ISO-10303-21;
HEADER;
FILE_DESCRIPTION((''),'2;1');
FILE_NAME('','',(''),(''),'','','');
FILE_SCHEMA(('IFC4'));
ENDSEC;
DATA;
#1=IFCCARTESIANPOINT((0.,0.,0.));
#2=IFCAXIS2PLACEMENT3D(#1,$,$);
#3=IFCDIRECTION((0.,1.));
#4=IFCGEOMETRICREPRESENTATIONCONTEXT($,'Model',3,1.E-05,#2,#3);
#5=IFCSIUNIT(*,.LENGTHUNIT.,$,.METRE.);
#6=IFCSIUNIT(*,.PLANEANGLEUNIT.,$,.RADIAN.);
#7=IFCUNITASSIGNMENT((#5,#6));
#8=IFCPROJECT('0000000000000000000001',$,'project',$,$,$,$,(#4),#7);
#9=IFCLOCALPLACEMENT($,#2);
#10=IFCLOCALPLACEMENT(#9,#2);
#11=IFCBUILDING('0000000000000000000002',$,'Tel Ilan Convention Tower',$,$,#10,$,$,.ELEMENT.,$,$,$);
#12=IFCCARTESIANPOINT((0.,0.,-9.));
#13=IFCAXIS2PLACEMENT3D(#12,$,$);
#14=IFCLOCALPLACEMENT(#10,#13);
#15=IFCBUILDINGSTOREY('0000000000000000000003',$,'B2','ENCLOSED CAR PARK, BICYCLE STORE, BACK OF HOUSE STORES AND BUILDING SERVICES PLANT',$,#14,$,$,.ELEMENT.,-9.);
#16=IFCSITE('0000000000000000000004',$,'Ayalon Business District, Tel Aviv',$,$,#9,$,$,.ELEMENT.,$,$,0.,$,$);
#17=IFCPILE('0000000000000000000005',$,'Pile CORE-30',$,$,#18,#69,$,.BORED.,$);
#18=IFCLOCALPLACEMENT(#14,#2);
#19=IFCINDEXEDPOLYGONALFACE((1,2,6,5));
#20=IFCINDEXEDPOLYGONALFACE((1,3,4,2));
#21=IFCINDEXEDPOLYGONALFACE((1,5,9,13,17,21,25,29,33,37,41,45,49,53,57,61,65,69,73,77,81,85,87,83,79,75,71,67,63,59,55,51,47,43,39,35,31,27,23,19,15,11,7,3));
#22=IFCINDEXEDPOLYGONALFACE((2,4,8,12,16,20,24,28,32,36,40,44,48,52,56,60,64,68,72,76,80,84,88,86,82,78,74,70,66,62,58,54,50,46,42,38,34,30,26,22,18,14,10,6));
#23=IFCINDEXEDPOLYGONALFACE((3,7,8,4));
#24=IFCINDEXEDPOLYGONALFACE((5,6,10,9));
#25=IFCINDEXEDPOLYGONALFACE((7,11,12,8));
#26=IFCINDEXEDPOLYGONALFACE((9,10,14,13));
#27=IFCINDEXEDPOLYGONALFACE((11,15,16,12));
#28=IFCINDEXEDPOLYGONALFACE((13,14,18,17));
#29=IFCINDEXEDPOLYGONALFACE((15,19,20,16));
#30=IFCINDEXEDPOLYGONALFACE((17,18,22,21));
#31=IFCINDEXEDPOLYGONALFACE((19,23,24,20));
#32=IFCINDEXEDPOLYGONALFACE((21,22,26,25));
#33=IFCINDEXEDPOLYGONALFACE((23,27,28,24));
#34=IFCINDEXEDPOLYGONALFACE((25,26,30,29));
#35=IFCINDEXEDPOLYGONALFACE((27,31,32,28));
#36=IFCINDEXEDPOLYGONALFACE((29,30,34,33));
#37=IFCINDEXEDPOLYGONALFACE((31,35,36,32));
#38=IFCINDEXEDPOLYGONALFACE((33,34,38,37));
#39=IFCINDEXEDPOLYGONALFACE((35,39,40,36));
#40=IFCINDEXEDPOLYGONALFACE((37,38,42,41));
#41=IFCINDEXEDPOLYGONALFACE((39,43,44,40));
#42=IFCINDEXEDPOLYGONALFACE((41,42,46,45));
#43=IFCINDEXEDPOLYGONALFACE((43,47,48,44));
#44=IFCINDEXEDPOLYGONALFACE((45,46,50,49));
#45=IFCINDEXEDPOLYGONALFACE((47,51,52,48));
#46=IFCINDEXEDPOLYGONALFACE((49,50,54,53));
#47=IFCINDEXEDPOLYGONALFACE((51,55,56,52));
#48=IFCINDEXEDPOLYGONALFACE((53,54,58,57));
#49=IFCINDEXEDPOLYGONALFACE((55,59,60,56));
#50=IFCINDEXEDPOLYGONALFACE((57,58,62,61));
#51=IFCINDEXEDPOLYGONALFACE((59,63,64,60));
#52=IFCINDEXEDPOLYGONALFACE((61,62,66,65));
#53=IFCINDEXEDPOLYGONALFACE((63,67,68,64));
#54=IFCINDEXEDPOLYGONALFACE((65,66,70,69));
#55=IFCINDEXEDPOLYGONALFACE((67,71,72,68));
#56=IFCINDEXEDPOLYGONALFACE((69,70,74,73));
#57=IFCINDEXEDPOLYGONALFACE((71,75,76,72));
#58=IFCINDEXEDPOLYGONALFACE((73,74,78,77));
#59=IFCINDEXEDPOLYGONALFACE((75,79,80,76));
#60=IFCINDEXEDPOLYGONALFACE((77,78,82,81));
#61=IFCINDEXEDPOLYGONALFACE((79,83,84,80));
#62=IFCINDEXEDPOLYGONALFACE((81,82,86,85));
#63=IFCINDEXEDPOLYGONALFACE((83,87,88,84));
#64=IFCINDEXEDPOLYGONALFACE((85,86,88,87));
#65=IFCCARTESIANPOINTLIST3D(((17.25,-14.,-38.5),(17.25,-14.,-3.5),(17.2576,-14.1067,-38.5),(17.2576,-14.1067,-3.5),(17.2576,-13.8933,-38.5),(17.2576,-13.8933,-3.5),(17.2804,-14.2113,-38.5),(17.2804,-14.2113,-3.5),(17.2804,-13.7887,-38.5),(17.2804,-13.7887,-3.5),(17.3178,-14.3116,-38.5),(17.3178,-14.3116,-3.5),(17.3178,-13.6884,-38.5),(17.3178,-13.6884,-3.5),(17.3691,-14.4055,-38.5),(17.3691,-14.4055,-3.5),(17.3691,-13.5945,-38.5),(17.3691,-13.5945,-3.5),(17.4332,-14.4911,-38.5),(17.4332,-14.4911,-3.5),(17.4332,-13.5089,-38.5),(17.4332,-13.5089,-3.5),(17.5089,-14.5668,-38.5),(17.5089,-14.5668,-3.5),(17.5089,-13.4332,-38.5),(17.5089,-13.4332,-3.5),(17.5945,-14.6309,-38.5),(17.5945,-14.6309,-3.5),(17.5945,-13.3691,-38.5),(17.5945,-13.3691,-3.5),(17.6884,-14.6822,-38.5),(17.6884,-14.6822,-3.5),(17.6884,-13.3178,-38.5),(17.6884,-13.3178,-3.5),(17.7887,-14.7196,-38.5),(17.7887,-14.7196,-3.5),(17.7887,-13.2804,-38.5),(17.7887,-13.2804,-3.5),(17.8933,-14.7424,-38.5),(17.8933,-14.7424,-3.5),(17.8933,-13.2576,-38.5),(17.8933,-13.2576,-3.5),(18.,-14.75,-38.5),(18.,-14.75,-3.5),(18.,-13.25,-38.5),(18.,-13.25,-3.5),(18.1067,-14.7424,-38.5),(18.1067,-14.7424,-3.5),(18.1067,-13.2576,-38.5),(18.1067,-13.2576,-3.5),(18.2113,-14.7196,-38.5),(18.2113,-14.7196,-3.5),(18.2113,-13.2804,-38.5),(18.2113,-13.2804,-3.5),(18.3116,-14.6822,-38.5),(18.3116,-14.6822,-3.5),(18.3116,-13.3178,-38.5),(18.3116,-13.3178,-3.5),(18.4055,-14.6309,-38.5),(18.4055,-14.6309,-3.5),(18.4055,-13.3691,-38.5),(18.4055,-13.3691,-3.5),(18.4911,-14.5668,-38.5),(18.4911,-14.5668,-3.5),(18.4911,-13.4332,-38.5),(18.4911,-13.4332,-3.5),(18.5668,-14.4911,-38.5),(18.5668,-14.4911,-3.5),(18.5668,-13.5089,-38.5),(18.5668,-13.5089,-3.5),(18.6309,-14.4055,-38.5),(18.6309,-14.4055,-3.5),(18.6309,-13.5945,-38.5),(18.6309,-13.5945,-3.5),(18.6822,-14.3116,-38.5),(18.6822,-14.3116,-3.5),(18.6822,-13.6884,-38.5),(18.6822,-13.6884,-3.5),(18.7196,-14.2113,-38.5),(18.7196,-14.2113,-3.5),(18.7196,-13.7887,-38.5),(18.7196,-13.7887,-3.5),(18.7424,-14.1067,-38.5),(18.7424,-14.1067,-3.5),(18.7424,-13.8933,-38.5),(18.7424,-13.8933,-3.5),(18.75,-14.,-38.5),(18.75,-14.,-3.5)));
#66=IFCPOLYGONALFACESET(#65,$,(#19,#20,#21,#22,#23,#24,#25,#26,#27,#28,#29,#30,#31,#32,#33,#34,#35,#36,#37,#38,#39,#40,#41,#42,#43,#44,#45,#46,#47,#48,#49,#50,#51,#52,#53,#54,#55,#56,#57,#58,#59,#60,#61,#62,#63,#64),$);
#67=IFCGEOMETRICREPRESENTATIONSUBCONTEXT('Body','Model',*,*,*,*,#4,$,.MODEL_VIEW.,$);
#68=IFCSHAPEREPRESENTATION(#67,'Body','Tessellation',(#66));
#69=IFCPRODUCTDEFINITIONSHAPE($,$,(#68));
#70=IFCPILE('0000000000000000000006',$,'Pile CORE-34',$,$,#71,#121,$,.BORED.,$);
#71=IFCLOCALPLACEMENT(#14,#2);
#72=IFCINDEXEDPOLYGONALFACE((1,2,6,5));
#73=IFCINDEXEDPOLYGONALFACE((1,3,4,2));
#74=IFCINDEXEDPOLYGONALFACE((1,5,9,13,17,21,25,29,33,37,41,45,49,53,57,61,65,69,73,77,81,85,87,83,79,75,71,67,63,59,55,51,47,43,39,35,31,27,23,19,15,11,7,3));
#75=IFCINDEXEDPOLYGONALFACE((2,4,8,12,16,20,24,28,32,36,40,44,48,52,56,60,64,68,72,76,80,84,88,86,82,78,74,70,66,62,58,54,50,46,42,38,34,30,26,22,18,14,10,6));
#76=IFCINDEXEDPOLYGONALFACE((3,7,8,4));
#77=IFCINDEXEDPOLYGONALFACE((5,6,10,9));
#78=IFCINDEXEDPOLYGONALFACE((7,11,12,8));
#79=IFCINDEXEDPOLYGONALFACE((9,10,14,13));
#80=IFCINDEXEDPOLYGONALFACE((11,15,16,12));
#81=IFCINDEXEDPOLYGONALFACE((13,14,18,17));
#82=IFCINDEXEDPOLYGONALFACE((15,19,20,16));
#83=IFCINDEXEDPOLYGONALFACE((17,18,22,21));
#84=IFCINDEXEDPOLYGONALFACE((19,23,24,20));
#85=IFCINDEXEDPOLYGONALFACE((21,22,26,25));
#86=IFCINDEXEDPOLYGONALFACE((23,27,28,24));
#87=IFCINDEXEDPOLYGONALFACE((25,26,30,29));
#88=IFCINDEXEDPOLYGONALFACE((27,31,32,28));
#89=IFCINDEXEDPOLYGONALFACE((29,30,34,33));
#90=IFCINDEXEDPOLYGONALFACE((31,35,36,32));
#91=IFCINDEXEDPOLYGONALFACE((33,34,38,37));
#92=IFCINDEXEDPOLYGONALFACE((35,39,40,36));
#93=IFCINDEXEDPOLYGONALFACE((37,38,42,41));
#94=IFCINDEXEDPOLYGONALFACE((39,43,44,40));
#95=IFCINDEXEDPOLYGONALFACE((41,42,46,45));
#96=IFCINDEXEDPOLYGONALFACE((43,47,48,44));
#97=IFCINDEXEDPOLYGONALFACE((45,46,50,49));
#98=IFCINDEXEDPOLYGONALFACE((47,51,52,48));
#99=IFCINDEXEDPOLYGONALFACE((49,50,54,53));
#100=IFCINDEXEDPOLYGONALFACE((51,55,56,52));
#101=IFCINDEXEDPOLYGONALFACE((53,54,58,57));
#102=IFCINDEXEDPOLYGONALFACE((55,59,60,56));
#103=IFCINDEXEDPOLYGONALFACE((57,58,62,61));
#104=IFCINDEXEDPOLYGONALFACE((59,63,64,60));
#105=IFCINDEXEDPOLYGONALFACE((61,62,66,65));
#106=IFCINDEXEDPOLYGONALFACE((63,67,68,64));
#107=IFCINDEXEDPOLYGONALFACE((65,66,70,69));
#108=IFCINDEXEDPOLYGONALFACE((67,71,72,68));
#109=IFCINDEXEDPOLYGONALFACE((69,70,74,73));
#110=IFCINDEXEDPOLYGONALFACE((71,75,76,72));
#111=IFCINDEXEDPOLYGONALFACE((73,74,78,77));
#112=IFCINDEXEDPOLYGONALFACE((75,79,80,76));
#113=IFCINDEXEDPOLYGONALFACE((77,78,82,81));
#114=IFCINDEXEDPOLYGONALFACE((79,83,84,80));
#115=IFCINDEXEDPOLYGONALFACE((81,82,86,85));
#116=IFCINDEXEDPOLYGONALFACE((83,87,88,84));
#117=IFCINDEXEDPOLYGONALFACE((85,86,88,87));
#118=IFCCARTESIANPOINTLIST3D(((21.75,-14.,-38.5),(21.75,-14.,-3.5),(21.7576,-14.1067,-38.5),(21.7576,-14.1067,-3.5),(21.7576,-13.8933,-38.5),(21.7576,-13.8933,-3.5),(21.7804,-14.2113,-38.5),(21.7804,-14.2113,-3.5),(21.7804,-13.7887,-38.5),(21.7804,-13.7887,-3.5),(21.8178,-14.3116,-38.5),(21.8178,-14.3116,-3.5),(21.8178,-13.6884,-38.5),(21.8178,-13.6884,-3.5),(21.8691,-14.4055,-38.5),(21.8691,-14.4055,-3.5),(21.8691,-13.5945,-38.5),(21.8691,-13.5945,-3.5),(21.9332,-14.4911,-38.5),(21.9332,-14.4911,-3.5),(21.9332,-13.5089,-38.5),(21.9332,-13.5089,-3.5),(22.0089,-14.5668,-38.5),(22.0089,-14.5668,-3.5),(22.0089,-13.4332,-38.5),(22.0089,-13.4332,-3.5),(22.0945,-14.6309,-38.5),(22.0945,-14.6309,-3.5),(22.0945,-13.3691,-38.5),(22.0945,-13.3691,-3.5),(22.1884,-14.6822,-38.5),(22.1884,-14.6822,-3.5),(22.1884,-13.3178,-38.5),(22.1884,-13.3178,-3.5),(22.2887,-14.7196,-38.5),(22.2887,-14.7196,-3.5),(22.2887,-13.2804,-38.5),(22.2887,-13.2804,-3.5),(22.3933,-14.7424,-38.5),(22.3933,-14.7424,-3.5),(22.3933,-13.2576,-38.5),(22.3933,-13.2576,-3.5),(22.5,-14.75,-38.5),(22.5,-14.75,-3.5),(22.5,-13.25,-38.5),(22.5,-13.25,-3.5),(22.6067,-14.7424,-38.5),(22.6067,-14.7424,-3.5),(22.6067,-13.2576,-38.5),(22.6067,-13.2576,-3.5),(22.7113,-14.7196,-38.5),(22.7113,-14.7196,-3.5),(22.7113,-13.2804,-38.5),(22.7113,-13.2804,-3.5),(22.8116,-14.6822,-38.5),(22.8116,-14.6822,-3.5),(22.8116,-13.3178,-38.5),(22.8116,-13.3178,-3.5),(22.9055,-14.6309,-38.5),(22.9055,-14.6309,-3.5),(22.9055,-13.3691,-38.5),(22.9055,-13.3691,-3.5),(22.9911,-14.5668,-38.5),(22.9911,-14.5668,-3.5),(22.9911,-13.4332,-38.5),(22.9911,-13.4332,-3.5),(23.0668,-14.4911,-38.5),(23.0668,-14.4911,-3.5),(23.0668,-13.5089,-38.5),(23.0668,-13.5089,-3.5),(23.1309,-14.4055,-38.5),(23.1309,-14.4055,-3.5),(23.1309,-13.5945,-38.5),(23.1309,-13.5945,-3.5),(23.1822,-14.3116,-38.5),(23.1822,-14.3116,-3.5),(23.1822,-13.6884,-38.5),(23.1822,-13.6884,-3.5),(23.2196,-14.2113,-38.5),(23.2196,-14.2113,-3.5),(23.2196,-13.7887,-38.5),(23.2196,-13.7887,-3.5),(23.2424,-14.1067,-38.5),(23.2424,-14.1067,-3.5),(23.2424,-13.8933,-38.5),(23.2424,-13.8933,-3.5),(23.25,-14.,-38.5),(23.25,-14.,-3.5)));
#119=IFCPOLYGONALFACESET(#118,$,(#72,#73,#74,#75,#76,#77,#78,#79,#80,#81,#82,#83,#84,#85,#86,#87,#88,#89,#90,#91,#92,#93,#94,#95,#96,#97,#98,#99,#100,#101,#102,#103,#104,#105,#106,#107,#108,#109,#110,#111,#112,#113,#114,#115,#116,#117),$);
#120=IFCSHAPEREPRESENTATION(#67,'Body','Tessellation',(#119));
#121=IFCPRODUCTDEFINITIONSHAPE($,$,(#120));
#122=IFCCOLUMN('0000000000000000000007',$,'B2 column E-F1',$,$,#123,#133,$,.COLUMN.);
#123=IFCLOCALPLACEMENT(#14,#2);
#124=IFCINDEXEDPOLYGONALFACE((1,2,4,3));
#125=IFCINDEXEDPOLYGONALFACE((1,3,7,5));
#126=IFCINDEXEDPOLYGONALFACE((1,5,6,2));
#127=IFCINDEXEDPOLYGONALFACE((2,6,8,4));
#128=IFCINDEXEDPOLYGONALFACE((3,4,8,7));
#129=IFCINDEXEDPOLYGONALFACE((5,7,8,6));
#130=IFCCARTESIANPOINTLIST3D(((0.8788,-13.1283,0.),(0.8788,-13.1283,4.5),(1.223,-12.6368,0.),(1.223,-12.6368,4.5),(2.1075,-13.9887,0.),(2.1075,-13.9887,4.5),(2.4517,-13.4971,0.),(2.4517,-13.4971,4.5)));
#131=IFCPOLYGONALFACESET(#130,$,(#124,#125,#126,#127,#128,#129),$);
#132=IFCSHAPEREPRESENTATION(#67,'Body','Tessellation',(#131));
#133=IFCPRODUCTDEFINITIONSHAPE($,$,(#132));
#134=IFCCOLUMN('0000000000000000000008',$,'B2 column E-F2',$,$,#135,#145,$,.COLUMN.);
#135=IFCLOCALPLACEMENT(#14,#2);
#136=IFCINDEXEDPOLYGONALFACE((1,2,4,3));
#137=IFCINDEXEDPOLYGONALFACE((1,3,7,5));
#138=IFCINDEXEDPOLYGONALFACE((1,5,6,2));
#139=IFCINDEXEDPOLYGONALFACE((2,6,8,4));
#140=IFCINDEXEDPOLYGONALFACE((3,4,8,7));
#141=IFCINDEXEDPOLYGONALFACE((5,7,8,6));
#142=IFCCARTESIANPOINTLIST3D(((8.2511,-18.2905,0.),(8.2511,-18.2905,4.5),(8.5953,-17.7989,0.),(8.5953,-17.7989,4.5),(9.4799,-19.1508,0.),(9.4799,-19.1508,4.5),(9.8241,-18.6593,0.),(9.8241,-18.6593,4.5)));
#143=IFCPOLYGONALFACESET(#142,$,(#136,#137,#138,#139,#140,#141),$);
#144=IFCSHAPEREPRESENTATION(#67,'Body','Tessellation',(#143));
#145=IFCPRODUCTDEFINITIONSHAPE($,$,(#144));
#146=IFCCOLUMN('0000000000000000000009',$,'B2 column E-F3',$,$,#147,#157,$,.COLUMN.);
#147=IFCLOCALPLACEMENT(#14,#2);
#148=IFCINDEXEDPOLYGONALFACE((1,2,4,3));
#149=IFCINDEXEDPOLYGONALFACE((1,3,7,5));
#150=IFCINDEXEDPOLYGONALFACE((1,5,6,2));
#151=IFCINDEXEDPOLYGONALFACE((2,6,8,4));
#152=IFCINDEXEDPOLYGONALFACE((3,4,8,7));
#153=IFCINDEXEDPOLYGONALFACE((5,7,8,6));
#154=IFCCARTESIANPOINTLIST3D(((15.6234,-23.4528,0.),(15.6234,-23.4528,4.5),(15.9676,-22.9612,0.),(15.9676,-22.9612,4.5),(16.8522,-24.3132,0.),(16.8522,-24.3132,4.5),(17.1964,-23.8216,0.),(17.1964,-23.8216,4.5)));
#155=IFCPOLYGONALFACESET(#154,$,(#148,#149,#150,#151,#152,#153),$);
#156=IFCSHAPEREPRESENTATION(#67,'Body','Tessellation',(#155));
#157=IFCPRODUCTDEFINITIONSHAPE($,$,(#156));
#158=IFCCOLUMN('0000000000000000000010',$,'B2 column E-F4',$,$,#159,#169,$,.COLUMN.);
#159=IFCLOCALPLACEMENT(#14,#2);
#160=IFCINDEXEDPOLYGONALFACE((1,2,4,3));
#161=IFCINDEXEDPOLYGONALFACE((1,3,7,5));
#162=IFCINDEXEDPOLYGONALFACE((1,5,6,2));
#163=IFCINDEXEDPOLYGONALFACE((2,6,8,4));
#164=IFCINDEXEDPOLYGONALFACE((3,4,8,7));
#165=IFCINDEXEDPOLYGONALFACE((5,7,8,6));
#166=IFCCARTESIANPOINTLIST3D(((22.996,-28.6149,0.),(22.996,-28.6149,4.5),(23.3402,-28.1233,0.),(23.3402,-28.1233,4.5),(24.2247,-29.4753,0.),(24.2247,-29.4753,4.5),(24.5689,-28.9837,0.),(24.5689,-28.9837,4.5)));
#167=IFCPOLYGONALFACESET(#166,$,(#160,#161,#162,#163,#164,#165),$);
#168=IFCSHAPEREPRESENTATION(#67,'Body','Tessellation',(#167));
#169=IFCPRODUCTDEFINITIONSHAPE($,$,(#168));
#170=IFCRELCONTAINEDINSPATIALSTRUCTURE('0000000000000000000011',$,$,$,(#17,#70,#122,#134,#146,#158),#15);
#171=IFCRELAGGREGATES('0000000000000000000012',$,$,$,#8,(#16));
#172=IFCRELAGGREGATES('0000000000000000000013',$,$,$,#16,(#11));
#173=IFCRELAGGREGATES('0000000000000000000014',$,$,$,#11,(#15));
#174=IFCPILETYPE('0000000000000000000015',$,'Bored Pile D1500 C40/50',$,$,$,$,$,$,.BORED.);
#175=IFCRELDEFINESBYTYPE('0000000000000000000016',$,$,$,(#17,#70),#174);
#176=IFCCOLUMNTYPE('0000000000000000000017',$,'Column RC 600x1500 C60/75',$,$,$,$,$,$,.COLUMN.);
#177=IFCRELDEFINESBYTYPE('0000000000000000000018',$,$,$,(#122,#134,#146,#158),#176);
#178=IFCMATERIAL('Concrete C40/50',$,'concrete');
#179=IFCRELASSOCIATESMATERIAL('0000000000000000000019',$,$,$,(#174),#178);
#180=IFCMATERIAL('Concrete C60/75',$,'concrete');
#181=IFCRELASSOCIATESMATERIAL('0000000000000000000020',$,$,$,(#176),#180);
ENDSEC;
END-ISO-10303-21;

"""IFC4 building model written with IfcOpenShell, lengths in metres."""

from ifc_helpers import new_model, si_unit, direction, frame, origin, origin_2d, place, context, subcontext, project, spatial, rectangle, circle, extrude, material, material_profile, profile_set, type_object, element, save


model = new_model("IFC4")

# Units and contexts
model_context = context("Model", 3, precision=1e-05, world=origin(), true_north=direction((0.0, 1.0)))
body_context = subcontext(model_context, "Body", "Model", "MODEL_VIEW")
ifc_project = project(units=[si_unit("LENGTHUNIT", "METRE"), si_unit("PLANEANGLEUNIT", "RADIAN")], contexts=[model_context])

# Site, building, storey
site_placement = place(None, origin())
site = spatial("IfcSite", under=ifc_project, at=site_placement, Name="Ayalon Business District, Tel Aviv", CompositionType="ELEMENT", RefElevation=0.0)
building_placement = place(site_placement, origin())
building = spatial("IfcBuilding", under=site, at=building_placement, Name="Tel Ilan Convention Tower", CompositionType="ELEMENT")
storey_placement = place(building_placement, frame((0.0, 0.0, -9.0)))
storey = spatial("IfcBuildingStorey", under=building, at=storey_placement, Name="B2", Description="ENCLOSED CAR PARK, BICYCLE STORE, BACK OF HOUSE STORES AND BUILDING SERVICES PLANT", CompositionType="ELEMENT", Elevation=-9.0)

# Piles
ifc_material_1 = material(Name="Concrete C40/50", Category="concrete")
ifc_material_profile_1 = material_profile(ifc_material_1, circle(Radius=0.75, at=origin_2d()), Name="BORED D1500")
ifc_profile_set_1 = profile_set([ifc_material_profile_1], Name="Concrete C40/50")
pile_type_1 = type_object("IfcPileType", Name="Bored Pile D1500 C40/50", PredefinedType="BORED", material=ifc_profile_set_1)
for number, where, z_axis, x_axis, name in (
    (1, (18.0, -14.0, -3.5), (0.0, 0.0, -1.0), (1.0, 0.0, 0.0), "Pile CORE-30"),
    (2, (22.5, -14.0, -3.5), (0.0, 0.0, -1.0), (1.0, 0.0, 0.0), "Pile CORE-34"),
):
    element("IfcPile", number, at=place(storey_placement, frame(where, z_axis=z_axis, x_axis=x_axis)), inside=storey, type_object=pile_type_1, Name=name, PredefinedType="BORED", context=body_context, shape_type="SweptSolid", body=[
        extrude(circle(Radius=0.75, at=origin_2d()), origin(), (0.0, 0.0, 1.0), 35.0),
    ])

# Columns
ifc_material_2 = material(Name="Concrete C60/75", Category="concrete")
ifc_material_profile_2 = material_profile(ifc_material_2, rectangle(XDim=1.5, YDim=0.6001, at=origin_2d()), Name="RC 600x1500")
ifc_profile_set_2 = profile_set([ifc_material_profile_2], Name="Concrete C60/75")
column_type = type_object("IfcColumnType", Name="Column RC 600x1500 C60/75", PredefinedType="COLUMN", material=ifc_profile_set_2)
for number, where, z_axis, x_axis, name in (
    (3, (1.6653, -13.3127, 0.0), (0.0, 0.0, 1.0), (0.819152, -0.573576, 0.0), "B2 column E-F1"),
    (4, (9.0376, -18.4749, 0.0), (0.0, 0.0, 1.0), (0.819152, -0.573576, 0.0), "B2 column E-F2"),
    (5, (16.4099, -23.6372, 0.0), (0.0, 0.0, 1.0), (0.819152, -0.573576, 0.0), "B2 column E-F3"),
    (6, (23.7825, -28.7993, 0.0), (0.0, 0.0, 1.0), (0.819152, -0.573576, 0.0), "B2 column E-F4"),
):
    element("IfcColumn", number, at=place(storey_placement, frame(where, z_axis=z_axis, x_axis=x_axis)), inside=storey, type_object=column_type, Name=name, PredefinedType="COLUMN", context=body_context, shape_type="SweptSolid", body=[
        extrude(rectangle(XDim=1.5, YDim=0.6001, at=origin_2d()), origin(), (0.0, 0.0, 1.0), 4.5),
    ])

save(model, "model.ifc")
